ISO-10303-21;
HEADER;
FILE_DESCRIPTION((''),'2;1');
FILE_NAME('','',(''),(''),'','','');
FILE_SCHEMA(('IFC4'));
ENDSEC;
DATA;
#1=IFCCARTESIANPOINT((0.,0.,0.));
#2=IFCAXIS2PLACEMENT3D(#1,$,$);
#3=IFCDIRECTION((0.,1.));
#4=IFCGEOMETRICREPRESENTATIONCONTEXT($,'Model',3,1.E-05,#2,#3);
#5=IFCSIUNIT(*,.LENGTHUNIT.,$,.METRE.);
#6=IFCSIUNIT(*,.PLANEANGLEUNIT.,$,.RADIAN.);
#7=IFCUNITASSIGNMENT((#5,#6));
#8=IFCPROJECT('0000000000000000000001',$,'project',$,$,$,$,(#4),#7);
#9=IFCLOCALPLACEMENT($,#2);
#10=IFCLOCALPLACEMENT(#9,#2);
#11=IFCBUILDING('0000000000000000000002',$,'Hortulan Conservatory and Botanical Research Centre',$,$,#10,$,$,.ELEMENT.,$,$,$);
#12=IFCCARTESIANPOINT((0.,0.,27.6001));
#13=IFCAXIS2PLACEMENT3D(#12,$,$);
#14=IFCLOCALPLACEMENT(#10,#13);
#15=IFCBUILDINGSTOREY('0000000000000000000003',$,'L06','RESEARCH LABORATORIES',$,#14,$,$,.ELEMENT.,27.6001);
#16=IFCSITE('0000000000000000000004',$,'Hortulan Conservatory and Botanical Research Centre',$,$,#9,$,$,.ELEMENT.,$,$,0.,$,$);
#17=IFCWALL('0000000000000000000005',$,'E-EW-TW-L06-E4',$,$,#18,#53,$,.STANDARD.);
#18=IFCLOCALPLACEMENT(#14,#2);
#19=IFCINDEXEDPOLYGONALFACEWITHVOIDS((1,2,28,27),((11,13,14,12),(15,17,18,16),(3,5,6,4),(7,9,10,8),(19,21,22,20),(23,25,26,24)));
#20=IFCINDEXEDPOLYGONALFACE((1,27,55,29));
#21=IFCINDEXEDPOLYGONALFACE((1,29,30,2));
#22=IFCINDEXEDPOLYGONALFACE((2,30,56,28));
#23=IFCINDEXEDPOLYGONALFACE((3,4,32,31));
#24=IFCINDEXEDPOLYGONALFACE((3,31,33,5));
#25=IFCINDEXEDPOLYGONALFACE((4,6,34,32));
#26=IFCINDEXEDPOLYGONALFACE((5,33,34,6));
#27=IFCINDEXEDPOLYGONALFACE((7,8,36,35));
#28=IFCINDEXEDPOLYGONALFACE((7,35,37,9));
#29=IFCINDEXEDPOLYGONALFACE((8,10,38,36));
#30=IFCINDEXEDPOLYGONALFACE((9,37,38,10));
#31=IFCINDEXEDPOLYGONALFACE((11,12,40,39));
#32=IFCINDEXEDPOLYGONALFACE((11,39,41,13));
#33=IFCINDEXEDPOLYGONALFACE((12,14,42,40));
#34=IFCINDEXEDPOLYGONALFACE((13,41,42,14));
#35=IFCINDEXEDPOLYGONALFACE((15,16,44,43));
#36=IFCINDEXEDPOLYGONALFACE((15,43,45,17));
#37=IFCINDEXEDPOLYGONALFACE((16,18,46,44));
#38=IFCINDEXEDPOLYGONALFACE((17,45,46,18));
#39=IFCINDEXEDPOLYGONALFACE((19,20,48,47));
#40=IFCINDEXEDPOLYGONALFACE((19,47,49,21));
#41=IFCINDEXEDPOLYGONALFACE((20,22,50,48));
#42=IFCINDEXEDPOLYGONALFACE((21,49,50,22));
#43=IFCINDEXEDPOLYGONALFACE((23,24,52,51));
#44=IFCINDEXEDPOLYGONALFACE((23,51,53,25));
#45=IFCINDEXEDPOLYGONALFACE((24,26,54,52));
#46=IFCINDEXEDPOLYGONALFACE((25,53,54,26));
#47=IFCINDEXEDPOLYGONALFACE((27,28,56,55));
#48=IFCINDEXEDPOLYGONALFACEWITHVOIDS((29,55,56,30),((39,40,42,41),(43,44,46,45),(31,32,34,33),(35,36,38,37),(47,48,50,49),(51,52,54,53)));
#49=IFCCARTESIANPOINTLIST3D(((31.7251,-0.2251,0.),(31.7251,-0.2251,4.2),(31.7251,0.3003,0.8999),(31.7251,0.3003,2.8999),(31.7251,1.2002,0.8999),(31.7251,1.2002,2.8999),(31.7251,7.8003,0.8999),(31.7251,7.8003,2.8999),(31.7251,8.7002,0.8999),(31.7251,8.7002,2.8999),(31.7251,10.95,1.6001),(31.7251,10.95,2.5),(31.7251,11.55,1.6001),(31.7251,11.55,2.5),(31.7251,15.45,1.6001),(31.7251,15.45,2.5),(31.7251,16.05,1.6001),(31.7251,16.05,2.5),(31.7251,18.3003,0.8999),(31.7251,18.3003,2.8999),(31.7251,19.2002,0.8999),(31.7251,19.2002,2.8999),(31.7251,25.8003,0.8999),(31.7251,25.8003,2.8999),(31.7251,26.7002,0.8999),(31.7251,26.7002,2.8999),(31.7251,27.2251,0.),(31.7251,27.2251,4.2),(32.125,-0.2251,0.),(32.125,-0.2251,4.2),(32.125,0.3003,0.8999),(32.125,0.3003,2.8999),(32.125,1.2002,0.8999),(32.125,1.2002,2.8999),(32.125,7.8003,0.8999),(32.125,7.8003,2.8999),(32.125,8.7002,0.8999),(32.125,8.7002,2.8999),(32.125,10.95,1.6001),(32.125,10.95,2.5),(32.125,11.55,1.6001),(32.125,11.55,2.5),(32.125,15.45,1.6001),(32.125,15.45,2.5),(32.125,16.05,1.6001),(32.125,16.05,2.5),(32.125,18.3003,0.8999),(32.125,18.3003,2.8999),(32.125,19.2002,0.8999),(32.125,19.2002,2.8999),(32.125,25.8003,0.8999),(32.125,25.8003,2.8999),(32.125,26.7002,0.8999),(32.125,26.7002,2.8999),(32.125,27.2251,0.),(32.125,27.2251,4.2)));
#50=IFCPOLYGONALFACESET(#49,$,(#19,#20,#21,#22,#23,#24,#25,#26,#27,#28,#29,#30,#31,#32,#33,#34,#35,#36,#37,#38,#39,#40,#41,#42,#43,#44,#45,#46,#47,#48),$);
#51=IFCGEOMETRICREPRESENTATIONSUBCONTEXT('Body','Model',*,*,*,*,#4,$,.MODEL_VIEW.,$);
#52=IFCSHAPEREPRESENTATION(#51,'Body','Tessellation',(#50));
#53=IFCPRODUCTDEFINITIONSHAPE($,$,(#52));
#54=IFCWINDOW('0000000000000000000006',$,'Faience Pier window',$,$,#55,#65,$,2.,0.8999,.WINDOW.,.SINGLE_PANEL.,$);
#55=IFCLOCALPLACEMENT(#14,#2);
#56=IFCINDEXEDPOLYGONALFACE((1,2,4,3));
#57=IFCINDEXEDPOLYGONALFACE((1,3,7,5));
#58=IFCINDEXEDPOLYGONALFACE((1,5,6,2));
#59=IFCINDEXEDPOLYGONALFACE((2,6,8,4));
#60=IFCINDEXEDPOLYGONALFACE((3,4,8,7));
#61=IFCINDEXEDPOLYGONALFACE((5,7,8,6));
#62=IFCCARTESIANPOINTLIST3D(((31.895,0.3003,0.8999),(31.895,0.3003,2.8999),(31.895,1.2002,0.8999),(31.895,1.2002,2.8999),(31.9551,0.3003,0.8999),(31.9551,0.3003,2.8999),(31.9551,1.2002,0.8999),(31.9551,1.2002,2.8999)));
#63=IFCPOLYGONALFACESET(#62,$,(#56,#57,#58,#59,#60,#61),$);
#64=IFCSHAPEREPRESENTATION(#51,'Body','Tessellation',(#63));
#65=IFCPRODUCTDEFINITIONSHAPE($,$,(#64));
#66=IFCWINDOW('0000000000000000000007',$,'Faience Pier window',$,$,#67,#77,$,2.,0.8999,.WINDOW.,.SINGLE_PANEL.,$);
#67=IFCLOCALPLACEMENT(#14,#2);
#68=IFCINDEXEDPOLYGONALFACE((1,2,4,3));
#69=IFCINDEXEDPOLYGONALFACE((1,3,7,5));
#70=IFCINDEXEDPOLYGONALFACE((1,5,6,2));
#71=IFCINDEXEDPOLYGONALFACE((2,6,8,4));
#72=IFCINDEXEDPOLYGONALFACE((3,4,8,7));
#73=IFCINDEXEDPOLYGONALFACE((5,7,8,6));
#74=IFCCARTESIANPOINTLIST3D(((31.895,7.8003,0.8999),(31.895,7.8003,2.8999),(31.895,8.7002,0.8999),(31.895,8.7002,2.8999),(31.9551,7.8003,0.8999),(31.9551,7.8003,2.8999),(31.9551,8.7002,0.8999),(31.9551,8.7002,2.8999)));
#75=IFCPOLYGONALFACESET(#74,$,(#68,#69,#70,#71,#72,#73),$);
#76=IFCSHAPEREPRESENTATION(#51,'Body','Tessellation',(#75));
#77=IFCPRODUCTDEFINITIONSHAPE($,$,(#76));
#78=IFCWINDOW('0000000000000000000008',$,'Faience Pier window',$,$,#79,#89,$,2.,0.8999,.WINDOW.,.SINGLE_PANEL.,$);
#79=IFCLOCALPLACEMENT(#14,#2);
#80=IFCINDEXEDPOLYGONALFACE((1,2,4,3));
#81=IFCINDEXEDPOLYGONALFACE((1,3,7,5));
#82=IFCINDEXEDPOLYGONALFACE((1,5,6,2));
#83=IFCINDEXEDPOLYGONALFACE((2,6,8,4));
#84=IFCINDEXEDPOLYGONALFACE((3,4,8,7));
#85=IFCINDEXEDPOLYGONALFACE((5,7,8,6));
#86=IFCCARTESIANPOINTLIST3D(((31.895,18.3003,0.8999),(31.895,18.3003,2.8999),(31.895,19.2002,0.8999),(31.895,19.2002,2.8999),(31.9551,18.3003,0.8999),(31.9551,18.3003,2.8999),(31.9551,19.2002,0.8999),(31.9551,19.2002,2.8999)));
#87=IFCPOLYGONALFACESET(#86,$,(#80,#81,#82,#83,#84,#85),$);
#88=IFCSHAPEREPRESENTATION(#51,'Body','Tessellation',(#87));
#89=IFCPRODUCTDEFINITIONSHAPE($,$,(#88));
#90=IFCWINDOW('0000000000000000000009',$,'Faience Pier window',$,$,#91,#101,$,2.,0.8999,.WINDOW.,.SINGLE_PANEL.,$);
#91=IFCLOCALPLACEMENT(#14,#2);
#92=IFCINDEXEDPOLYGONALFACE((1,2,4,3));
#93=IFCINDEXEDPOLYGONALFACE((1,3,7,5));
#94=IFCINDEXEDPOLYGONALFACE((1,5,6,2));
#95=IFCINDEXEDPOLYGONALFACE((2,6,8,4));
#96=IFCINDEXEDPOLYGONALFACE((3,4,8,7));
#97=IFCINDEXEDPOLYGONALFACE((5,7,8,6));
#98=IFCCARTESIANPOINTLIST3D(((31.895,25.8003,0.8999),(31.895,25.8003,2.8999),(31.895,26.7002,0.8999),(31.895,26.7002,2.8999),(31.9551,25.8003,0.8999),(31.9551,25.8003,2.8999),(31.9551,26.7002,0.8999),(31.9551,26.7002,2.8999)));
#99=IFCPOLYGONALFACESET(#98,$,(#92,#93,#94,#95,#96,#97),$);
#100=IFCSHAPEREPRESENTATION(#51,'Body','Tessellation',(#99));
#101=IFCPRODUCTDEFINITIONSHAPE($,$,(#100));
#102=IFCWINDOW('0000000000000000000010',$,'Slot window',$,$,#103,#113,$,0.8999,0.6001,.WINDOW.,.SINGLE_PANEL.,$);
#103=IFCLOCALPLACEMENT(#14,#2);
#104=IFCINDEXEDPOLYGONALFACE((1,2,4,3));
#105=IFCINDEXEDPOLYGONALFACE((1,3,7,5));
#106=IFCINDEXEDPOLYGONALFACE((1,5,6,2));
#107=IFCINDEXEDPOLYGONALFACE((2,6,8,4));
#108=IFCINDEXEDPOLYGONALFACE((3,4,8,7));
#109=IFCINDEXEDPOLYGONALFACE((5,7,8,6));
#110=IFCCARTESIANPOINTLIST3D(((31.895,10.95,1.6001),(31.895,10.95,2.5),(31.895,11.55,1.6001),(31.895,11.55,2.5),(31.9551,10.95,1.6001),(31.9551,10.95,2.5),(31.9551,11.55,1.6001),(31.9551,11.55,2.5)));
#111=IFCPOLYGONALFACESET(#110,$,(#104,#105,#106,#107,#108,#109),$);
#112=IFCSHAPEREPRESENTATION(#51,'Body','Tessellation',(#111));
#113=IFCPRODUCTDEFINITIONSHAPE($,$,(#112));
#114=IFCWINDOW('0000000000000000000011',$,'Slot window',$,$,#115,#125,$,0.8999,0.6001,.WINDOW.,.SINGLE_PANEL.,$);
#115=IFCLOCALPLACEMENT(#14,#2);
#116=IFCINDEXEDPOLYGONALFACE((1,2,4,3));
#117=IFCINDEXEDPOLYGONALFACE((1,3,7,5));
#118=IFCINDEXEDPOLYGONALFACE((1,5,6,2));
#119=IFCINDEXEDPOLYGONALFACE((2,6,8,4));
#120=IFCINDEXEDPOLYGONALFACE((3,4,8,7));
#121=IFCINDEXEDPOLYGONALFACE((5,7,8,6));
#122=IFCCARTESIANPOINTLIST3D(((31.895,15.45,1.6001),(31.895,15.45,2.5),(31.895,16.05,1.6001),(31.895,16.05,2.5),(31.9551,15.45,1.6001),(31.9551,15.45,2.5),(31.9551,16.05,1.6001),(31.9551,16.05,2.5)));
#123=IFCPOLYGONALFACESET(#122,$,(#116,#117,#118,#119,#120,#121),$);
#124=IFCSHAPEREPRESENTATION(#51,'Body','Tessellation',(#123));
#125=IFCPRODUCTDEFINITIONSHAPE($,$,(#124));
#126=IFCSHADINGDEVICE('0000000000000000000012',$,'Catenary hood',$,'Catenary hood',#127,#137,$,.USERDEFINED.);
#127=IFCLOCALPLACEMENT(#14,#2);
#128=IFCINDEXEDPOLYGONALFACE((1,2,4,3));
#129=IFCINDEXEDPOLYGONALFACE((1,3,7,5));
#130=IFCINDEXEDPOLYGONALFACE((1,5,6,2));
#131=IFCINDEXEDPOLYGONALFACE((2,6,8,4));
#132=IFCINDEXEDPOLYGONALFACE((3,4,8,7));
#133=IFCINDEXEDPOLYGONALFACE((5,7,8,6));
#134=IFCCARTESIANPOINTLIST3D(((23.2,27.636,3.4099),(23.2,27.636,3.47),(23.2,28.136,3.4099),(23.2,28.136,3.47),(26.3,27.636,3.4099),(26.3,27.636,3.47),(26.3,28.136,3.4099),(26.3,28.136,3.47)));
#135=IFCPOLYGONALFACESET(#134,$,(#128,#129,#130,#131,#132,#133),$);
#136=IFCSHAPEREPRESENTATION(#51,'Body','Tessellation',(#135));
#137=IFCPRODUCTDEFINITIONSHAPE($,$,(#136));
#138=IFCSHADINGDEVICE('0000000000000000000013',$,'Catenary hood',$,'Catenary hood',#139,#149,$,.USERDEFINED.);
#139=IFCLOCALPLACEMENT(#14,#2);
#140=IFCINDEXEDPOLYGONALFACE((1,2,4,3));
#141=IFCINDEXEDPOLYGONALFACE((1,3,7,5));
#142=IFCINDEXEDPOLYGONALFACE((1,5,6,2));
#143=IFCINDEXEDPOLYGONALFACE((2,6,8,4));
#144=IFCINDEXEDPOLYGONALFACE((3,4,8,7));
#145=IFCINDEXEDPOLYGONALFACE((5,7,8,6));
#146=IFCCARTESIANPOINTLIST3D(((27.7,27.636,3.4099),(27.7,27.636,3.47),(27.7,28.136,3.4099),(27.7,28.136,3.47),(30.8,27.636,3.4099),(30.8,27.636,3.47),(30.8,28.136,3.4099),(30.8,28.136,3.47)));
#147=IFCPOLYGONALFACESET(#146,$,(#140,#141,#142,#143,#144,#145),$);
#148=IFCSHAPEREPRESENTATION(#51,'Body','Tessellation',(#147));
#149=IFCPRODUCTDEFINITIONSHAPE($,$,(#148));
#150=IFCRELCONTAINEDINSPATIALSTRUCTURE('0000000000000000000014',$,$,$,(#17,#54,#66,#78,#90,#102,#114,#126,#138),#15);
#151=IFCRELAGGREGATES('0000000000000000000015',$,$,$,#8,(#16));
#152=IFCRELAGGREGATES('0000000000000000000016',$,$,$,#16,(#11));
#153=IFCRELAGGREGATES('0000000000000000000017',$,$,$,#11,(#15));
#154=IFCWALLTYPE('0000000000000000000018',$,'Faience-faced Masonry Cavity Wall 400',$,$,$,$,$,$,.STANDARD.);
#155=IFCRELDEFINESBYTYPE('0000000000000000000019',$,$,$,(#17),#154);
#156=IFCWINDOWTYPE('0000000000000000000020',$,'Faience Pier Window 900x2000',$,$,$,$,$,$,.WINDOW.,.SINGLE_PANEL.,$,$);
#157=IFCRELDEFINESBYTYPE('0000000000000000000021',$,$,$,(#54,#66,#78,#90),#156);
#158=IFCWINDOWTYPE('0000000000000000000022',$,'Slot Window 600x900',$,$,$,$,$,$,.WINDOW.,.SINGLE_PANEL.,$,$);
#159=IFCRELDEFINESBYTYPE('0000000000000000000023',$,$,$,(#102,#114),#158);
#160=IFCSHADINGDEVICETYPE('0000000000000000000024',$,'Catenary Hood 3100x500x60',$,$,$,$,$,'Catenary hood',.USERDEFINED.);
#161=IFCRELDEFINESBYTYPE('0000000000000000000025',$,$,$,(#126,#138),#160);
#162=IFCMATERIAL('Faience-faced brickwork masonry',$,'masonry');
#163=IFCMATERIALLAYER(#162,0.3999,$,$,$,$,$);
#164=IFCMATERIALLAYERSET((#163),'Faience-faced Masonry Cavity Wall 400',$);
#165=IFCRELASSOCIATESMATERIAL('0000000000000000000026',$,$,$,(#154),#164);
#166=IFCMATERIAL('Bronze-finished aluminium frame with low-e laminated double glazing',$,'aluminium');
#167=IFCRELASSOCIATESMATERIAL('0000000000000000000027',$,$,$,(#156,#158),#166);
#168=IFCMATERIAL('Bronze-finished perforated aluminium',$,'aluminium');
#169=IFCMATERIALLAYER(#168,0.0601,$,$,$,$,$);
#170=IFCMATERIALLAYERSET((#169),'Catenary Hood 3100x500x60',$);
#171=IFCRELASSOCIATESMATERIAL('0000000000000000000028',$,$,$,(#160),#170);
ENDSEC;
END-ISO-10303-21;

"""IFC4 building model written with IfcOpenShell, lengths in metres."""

from ifc_helpers import new_model, si_unit, direction, frame, frame_2d, origin, origin_2d, place, context, subcontext, project, spatial, rectangle, extrude, material, layer, layer_set, type_object, element, fill, save


model = new_model("IFC4")

# Units and contexts
model_context = context("Model", 3, precision=1e-05, world=origin(), true_north=direction((0.0, 1.0)))
body_context = subcontext(model_context, "Body", "Model", "MODEL_VIEW")
ifc_project = project(units=[si_unit("LENGTHUNIT", "METRE"), si_unit("PLANEANGLEUNIT", "RADIAN")], contexts=[model_context])

# Site, building, storey
site_placement = place(None, origin())
site = spatial("IfcSite", under=ifc_project, at=site_placement, Name="Hortulan Conservatory and Botanical Research Centre", CompositionType="ELEMENT", RefElevation=0.0)
building_placement = place(site_placement, origin())
building = spatial("IfcBuilding", under=site, at=building_placement, Name="Hortulan Conservatory and Botanical Research Centre", CompositionType="ELEMENT")
storey_placement = place(building_placement, frame((0.0, 0.0, 27.6001)))
storey = spatial("IfcBuildingStorey", under=building, at=storey_placement, Name="L06", Description="RESEARCH LABORATORIES", CompositionType="ELEMENT", Elevation=27.6001)

# Wall, openings, windows
ifc_material_1 = material(Name="Faience-faced brickwork masonry", Category="masonry")
ifc_layer_1 = layer(ifc_material_1, 0.3999)
ifc_layer_set_1 = layer_set([ifc_layer_1], Name="Faience-faced Masonry Cavity Wall 400")
wall_type_1 = type_object("IfcWallType", Name="Faience-faced Masonry Cavity Wall 400", PredefinedType="STANDARD", material=ifc_layer_set_1)
wall_1_placement = place(storey_placement, frame((31.925, 27.2251, 0.0), z_axis=(0.0, 0.0, 1.0), x_axis=(0.0, -1.0, 0.0)))
wall_1 = element("IfcWall", 1, at=wall_1_placement, inside=storey, type_object=wall_type_1, Name="E-EW-TW-L06-E4", PredefinedType="STANDARD", context=body_context, shape_type="SweptSolid", body=[
    extrude(rectangle(XDim=27.4502, YDim=0.3999, at=frame_2d((13.7251, 0.0))), origin(), (0.0, 0.0, 1.0), 4.2),
])
opening_1_placement = place(wall_1_placement, frame((26.0249, 0.0, 0.8999)))
opening_1 = element("IfcOpeningElement", 2, at=opening_1_placement, cuts=wall_1, PredefinedType="OPENING", context=body_context, shape_type="SweptSolid", body=[
    extrude(rectangle(XDim=0.8999, YDim=2.0, at=frame_2d((0.45, 1.0))), frame((0.0, 0.21, 0.0), z_axis=(0.0, -1.0, 0.0), x_axis=(1.0, 0.0, 0.0)), (0.0, 0.0, 1.0), 0.4199),
])
opening_2_placement = place(wall_1_placement, frame((18.5249, 0.0, 0.8999)))
opening_2 = element("IfcOpeningElement", 3, at=opening_2_placement, cuts=wall_1, PredefinedType="OPENING", context=body_context, shape_type="SweptSolid", body=[
    extrude(rectangle(XDim=0.8999, YDim=2.0, at=frame_2d((0.45, 1.0))), frame((0.0, 0.21, 0.0), z_axis=(0.0, -1.0, 0.0), x_axis=(1.0, 0.0, 0.0)), (0.0, 0.0, 1.0), 0.4199),
])
opening_3_placement = place(wall_1_placement, frame((15.675, 0.0, 1.6001)))
opening_3 = element("IfcOpeningElement", 4, at=opening_3_placement, cuts=wall_1, PredefinedType="OPENING", context=body_context, shape_type="SweptSolid", body=[
    extrude(rectangle(XDim=0.6001, YDim=0.8999, at=frame_2d((0.3, 0.45))), frame((0.0, 0.21, 0.0), z_axis=(0.0, -1.0, 0.0), x_axis=(1.0, 0.0, 0.0)), (0.0, 0.0, 1.0), 0.4199),
])
opening_4_placement = place(wall_1_placement, frame((11.175, 0.0, 1.6001)))
opening_4 = element("IfcOpeningElement", 5, at=opening_4_placement, cuts=wall_1, PredefinedType="OPENING", context=body_context, shape_type="SweptSolid", body=[
    extrude(rectangle(XDim=0.6001, YDim=0.8999, at=frame_2d((0.3, 0.45))), frame((0.0, 0.21, 0.0), z_axis=(0.0, -1.0, 0.0), x_axis=(1.0, 0.0, 0.0)), (0.0, 0.0, 1.0), 0.4199),
])
opening_5_placement = place(wall_1_placement, frame((8.0249, 0.0, 0.8999)))
opening_5 = element("IfcOpeningElement", 6, at=opening_5_placement, cuts=wall_1, PredefinedType="OPENING", context=body_context, shape_type="SweptSolid", body=[
    extrude(rectangle(XDim=0.8999, YDim=2.0, at=frame_2d((0.45, 1.0))), frame((0.0, 0.21, 0.0), z_axis=(0.0, -1.0, 0.0), x_axis=(1.0, 0.0, 0.0)), (0.0, 0.0, 1.0), 0.4199),
])
opening_6_placement = place(wall_1_placement, frame((0.5249, 0.0, 0.8999)))
opening_6 = element("IfcOpeningElement", 7, at=opening_6_placement, cuts=wall_1, PredefinedType="OPENING", context=body_context, shape_type="SweptSolid", body=[
    extrude(rectangle(XDim=0.8999, YDim=2.0, at=frame_2d((0.45, 1.0))), frame((0.0, 0.21, 0.0), z_axis=(0.0, -1.0, 0.0), x_axis=(1.0, 0.0, 0.0)), (0.0, 0.0, 1.0), 0.4199),
])
ifc_material_2 = material(Name="Bronze-finished aluminium frame with low-e laminated double glazing", Category="aluminium")
window_type_1 = type_object("IfcWindowType", Name="Faience Pier Window 900x2000", PartitioningType="SINGLE_PANEL", PredefinedType="WINDOW", material=ifc_material_2)
window_1_placement = place(opening_1_placement, origin())
window_1 = element("IfcWindow", 8, at=window_1_placement, inside=storey, type_object=window_type_1, Name="Faience Pier window", OverallHeight=2.0, OverallWidth=0.8999, PartitioningType="SINGLE_PANEL", PredefinedType="WINDOW", context=body_context, shape_type="SweptSolid", body=[
    extrude(rectangle(XDim=0.8999, YDim=2.0, at=frame_2d((0.45, 1.0))), frame((0.0, 0.03, 0.0), z_axis=(0.0, -1.0, 0.0), x_axis=(1.0, 0.0, 0.0)), (0.0, 0.0, 1.0), 0.0601),
])
fill(opening_1, window_1)
window_2_placement = place(opening_2_placement, origin())
window_2 = element("IfcWindow", 9, at=window_2_placement, inside=storey, type_object=window_type_1, Name="Faience Pier window", OverallHeight=2.0, OverallWidth=0.8999, PartitioningType="SINGLE_PANEL", PredefinedType="WINDOW", context=body_context, shape_type="SweptSolid", body=[
    extrude(rectangle(XDim=0.8999, YDim=2.0, at=frame_2d((0.45, 1.0))), frame((0.0, 0.03, 0.0), z_axis=(0.0, -1.0, 0.0), x_axis=(1.0, 0.0, 0.0)), (0.0, 0.0, 1.0), 0.0601),
])
fill(opening_2, window_2)
window_3_placement = place(opening_5_placement, origin())
window_3 = element("IfcWindow", 10, at=window_3_placement, inside=storey, type_object=window_type_1, Name="Faience Pier window", OverallHeight=2.0, OverallWidth=0.8999, PartitioningType="SINGLE_PANEL", PredefinedType="WINDOW", context=body_context, shape_type="SweptSolid", body=[
    extrude(rectangle(XDim=0.8999, YDim=2.0, at=frame_2d((0.45, 1.0))), frame((0.0, 0.03, 0.0), z_axis=(0.0, -1.0, 0.0), x_axis=(1.0, 0.0, 0.0)), (0.0, 0.0, 1.0), 0.0601),
])
fill(opening_5, window_3)
window_4_placement = place(opening_6_placement, origin())
window_4 = element("IfcWindow", 11, at=window_4_placement, inside=storey, type_object=window_type_1, Name="Faience Pier window", OverallHeight=2.0, OverallWidth=0.8999, PartitioningType="SINGLE_PANEL", PredefinedType="WINDOW", context=body_context, shape_type="SweptSolid", body=[
    extrude(rectangle(XDim=0.8999, YDim=2.0, at=frame_2d((0.45, 1.0))), frame((0.0, 0.03, 0.0), z_axis=(0.0, -1.0, 0.0), x_axis=(1.0, 0.0, 0.0)), (0.0, 0.0, 1.0), 0.0601),
])
fill(opening_6, window_4)
window_type_2 = type_object("IfcWindowType", Name="Slot Window 600x900", PartitioningType="SINGLE_PANEL", PredefinedType="WINDOW", material=ifc_material_2)
window_5_placement = place(opening_3_placement, origin())
window_5 = element("IfcWindow", 12, at=window_5_placement, inside=storey, type_object=window_type_2, Name="Slot window", OverallHeight=0.8999, OverallWidth=0.6001, PartitioningType="SINGLE_PANEL", PredefinedType="WINDOW", context=body_context, shape_type="SweptSolid", body=[
    extrude(rectangle(XDim=0.6001, YDim=0.8999, at=frame_2d((0.3, 0.45))), frame((0.0, 0.03, 0.0), z_axis=(0.0, -1.0, 0.0), x_axis=(1.0, 0.0, 0.0)), (0.0, 0.0, 1.0), 0.0601),
])
fill(opening_3, window_5)
window_6_placement = place(opening_4_placement, origin())
window_6 = element("IfcWindow", 13, at=window_6_placement, inside=storey, type_object=window_type_2, Name="Slot window", OverallHeight=0.8999, OverallWidth=0.6001, PartitioningType="SINGLE_PANEL", PredefinedType="WINDOW", context=body_context, shape_type="SweptSolid", body=[
    extrude(rectangle(XDim=0.6001, YDim=0.8999, at=frame_2d((0.3, 0.45))), frame((0.0, 0.03, 0.0), z_axis=(0.0, -1.0, 0.0), x_axis=(1.0, 0.0, 0.0)), (0.0, 0.0, 1.0), 0.0601),
])
fill(opening_4, window_6)

# Shading devices
ifc_material_3 = material(Name="Bronze-finished perforated aluminium", Category="aluminium")
ifc_layer_2 = layer(ifc_material_3, 0.0601)
ifc_layer_set_2 = layer_set([ifc_layer_2], Name="Catenary Hood 3100x500x60")
shading_device_type = type_object("IfcShadingDeviceType", Name="Catenary Hood 3100x500x60", ElementType="Catenary hood", PredefinedType="USERDEFINED", material=ifc_layer_set_2)
for number, where, z_axis, x_axis, name in (
    (14, (24.75, 27.886, 3.4099), (0.0, 0.0, 1.0), (1.0, 0.0, 0.0), "Catenary hood"),
    (15, (29.25, 27.886, 3.4099), (0.0, 0.0, 1.0), (1.0, 0.0, 0.0), "Catenary hood"),
):
    element("IfcShadingDevice", number, at=place(storey_placement, frame(where, z_axis=z_axis, x_axis=x_axis)), inside=storey, type_object=shading_device_type, Name=name, ObjectType="Catenary hood", PredefinedType="USERDEFINED", context=body_context, shape_type="SweptSolid", body=[
        extrude(rectangle(XDim=3.1001, YDim=0.5, at=origin_2d()), origin(), (0.0, 0.0, 1.0), 0.0601),
    ])

save(model, "model.ifc")
